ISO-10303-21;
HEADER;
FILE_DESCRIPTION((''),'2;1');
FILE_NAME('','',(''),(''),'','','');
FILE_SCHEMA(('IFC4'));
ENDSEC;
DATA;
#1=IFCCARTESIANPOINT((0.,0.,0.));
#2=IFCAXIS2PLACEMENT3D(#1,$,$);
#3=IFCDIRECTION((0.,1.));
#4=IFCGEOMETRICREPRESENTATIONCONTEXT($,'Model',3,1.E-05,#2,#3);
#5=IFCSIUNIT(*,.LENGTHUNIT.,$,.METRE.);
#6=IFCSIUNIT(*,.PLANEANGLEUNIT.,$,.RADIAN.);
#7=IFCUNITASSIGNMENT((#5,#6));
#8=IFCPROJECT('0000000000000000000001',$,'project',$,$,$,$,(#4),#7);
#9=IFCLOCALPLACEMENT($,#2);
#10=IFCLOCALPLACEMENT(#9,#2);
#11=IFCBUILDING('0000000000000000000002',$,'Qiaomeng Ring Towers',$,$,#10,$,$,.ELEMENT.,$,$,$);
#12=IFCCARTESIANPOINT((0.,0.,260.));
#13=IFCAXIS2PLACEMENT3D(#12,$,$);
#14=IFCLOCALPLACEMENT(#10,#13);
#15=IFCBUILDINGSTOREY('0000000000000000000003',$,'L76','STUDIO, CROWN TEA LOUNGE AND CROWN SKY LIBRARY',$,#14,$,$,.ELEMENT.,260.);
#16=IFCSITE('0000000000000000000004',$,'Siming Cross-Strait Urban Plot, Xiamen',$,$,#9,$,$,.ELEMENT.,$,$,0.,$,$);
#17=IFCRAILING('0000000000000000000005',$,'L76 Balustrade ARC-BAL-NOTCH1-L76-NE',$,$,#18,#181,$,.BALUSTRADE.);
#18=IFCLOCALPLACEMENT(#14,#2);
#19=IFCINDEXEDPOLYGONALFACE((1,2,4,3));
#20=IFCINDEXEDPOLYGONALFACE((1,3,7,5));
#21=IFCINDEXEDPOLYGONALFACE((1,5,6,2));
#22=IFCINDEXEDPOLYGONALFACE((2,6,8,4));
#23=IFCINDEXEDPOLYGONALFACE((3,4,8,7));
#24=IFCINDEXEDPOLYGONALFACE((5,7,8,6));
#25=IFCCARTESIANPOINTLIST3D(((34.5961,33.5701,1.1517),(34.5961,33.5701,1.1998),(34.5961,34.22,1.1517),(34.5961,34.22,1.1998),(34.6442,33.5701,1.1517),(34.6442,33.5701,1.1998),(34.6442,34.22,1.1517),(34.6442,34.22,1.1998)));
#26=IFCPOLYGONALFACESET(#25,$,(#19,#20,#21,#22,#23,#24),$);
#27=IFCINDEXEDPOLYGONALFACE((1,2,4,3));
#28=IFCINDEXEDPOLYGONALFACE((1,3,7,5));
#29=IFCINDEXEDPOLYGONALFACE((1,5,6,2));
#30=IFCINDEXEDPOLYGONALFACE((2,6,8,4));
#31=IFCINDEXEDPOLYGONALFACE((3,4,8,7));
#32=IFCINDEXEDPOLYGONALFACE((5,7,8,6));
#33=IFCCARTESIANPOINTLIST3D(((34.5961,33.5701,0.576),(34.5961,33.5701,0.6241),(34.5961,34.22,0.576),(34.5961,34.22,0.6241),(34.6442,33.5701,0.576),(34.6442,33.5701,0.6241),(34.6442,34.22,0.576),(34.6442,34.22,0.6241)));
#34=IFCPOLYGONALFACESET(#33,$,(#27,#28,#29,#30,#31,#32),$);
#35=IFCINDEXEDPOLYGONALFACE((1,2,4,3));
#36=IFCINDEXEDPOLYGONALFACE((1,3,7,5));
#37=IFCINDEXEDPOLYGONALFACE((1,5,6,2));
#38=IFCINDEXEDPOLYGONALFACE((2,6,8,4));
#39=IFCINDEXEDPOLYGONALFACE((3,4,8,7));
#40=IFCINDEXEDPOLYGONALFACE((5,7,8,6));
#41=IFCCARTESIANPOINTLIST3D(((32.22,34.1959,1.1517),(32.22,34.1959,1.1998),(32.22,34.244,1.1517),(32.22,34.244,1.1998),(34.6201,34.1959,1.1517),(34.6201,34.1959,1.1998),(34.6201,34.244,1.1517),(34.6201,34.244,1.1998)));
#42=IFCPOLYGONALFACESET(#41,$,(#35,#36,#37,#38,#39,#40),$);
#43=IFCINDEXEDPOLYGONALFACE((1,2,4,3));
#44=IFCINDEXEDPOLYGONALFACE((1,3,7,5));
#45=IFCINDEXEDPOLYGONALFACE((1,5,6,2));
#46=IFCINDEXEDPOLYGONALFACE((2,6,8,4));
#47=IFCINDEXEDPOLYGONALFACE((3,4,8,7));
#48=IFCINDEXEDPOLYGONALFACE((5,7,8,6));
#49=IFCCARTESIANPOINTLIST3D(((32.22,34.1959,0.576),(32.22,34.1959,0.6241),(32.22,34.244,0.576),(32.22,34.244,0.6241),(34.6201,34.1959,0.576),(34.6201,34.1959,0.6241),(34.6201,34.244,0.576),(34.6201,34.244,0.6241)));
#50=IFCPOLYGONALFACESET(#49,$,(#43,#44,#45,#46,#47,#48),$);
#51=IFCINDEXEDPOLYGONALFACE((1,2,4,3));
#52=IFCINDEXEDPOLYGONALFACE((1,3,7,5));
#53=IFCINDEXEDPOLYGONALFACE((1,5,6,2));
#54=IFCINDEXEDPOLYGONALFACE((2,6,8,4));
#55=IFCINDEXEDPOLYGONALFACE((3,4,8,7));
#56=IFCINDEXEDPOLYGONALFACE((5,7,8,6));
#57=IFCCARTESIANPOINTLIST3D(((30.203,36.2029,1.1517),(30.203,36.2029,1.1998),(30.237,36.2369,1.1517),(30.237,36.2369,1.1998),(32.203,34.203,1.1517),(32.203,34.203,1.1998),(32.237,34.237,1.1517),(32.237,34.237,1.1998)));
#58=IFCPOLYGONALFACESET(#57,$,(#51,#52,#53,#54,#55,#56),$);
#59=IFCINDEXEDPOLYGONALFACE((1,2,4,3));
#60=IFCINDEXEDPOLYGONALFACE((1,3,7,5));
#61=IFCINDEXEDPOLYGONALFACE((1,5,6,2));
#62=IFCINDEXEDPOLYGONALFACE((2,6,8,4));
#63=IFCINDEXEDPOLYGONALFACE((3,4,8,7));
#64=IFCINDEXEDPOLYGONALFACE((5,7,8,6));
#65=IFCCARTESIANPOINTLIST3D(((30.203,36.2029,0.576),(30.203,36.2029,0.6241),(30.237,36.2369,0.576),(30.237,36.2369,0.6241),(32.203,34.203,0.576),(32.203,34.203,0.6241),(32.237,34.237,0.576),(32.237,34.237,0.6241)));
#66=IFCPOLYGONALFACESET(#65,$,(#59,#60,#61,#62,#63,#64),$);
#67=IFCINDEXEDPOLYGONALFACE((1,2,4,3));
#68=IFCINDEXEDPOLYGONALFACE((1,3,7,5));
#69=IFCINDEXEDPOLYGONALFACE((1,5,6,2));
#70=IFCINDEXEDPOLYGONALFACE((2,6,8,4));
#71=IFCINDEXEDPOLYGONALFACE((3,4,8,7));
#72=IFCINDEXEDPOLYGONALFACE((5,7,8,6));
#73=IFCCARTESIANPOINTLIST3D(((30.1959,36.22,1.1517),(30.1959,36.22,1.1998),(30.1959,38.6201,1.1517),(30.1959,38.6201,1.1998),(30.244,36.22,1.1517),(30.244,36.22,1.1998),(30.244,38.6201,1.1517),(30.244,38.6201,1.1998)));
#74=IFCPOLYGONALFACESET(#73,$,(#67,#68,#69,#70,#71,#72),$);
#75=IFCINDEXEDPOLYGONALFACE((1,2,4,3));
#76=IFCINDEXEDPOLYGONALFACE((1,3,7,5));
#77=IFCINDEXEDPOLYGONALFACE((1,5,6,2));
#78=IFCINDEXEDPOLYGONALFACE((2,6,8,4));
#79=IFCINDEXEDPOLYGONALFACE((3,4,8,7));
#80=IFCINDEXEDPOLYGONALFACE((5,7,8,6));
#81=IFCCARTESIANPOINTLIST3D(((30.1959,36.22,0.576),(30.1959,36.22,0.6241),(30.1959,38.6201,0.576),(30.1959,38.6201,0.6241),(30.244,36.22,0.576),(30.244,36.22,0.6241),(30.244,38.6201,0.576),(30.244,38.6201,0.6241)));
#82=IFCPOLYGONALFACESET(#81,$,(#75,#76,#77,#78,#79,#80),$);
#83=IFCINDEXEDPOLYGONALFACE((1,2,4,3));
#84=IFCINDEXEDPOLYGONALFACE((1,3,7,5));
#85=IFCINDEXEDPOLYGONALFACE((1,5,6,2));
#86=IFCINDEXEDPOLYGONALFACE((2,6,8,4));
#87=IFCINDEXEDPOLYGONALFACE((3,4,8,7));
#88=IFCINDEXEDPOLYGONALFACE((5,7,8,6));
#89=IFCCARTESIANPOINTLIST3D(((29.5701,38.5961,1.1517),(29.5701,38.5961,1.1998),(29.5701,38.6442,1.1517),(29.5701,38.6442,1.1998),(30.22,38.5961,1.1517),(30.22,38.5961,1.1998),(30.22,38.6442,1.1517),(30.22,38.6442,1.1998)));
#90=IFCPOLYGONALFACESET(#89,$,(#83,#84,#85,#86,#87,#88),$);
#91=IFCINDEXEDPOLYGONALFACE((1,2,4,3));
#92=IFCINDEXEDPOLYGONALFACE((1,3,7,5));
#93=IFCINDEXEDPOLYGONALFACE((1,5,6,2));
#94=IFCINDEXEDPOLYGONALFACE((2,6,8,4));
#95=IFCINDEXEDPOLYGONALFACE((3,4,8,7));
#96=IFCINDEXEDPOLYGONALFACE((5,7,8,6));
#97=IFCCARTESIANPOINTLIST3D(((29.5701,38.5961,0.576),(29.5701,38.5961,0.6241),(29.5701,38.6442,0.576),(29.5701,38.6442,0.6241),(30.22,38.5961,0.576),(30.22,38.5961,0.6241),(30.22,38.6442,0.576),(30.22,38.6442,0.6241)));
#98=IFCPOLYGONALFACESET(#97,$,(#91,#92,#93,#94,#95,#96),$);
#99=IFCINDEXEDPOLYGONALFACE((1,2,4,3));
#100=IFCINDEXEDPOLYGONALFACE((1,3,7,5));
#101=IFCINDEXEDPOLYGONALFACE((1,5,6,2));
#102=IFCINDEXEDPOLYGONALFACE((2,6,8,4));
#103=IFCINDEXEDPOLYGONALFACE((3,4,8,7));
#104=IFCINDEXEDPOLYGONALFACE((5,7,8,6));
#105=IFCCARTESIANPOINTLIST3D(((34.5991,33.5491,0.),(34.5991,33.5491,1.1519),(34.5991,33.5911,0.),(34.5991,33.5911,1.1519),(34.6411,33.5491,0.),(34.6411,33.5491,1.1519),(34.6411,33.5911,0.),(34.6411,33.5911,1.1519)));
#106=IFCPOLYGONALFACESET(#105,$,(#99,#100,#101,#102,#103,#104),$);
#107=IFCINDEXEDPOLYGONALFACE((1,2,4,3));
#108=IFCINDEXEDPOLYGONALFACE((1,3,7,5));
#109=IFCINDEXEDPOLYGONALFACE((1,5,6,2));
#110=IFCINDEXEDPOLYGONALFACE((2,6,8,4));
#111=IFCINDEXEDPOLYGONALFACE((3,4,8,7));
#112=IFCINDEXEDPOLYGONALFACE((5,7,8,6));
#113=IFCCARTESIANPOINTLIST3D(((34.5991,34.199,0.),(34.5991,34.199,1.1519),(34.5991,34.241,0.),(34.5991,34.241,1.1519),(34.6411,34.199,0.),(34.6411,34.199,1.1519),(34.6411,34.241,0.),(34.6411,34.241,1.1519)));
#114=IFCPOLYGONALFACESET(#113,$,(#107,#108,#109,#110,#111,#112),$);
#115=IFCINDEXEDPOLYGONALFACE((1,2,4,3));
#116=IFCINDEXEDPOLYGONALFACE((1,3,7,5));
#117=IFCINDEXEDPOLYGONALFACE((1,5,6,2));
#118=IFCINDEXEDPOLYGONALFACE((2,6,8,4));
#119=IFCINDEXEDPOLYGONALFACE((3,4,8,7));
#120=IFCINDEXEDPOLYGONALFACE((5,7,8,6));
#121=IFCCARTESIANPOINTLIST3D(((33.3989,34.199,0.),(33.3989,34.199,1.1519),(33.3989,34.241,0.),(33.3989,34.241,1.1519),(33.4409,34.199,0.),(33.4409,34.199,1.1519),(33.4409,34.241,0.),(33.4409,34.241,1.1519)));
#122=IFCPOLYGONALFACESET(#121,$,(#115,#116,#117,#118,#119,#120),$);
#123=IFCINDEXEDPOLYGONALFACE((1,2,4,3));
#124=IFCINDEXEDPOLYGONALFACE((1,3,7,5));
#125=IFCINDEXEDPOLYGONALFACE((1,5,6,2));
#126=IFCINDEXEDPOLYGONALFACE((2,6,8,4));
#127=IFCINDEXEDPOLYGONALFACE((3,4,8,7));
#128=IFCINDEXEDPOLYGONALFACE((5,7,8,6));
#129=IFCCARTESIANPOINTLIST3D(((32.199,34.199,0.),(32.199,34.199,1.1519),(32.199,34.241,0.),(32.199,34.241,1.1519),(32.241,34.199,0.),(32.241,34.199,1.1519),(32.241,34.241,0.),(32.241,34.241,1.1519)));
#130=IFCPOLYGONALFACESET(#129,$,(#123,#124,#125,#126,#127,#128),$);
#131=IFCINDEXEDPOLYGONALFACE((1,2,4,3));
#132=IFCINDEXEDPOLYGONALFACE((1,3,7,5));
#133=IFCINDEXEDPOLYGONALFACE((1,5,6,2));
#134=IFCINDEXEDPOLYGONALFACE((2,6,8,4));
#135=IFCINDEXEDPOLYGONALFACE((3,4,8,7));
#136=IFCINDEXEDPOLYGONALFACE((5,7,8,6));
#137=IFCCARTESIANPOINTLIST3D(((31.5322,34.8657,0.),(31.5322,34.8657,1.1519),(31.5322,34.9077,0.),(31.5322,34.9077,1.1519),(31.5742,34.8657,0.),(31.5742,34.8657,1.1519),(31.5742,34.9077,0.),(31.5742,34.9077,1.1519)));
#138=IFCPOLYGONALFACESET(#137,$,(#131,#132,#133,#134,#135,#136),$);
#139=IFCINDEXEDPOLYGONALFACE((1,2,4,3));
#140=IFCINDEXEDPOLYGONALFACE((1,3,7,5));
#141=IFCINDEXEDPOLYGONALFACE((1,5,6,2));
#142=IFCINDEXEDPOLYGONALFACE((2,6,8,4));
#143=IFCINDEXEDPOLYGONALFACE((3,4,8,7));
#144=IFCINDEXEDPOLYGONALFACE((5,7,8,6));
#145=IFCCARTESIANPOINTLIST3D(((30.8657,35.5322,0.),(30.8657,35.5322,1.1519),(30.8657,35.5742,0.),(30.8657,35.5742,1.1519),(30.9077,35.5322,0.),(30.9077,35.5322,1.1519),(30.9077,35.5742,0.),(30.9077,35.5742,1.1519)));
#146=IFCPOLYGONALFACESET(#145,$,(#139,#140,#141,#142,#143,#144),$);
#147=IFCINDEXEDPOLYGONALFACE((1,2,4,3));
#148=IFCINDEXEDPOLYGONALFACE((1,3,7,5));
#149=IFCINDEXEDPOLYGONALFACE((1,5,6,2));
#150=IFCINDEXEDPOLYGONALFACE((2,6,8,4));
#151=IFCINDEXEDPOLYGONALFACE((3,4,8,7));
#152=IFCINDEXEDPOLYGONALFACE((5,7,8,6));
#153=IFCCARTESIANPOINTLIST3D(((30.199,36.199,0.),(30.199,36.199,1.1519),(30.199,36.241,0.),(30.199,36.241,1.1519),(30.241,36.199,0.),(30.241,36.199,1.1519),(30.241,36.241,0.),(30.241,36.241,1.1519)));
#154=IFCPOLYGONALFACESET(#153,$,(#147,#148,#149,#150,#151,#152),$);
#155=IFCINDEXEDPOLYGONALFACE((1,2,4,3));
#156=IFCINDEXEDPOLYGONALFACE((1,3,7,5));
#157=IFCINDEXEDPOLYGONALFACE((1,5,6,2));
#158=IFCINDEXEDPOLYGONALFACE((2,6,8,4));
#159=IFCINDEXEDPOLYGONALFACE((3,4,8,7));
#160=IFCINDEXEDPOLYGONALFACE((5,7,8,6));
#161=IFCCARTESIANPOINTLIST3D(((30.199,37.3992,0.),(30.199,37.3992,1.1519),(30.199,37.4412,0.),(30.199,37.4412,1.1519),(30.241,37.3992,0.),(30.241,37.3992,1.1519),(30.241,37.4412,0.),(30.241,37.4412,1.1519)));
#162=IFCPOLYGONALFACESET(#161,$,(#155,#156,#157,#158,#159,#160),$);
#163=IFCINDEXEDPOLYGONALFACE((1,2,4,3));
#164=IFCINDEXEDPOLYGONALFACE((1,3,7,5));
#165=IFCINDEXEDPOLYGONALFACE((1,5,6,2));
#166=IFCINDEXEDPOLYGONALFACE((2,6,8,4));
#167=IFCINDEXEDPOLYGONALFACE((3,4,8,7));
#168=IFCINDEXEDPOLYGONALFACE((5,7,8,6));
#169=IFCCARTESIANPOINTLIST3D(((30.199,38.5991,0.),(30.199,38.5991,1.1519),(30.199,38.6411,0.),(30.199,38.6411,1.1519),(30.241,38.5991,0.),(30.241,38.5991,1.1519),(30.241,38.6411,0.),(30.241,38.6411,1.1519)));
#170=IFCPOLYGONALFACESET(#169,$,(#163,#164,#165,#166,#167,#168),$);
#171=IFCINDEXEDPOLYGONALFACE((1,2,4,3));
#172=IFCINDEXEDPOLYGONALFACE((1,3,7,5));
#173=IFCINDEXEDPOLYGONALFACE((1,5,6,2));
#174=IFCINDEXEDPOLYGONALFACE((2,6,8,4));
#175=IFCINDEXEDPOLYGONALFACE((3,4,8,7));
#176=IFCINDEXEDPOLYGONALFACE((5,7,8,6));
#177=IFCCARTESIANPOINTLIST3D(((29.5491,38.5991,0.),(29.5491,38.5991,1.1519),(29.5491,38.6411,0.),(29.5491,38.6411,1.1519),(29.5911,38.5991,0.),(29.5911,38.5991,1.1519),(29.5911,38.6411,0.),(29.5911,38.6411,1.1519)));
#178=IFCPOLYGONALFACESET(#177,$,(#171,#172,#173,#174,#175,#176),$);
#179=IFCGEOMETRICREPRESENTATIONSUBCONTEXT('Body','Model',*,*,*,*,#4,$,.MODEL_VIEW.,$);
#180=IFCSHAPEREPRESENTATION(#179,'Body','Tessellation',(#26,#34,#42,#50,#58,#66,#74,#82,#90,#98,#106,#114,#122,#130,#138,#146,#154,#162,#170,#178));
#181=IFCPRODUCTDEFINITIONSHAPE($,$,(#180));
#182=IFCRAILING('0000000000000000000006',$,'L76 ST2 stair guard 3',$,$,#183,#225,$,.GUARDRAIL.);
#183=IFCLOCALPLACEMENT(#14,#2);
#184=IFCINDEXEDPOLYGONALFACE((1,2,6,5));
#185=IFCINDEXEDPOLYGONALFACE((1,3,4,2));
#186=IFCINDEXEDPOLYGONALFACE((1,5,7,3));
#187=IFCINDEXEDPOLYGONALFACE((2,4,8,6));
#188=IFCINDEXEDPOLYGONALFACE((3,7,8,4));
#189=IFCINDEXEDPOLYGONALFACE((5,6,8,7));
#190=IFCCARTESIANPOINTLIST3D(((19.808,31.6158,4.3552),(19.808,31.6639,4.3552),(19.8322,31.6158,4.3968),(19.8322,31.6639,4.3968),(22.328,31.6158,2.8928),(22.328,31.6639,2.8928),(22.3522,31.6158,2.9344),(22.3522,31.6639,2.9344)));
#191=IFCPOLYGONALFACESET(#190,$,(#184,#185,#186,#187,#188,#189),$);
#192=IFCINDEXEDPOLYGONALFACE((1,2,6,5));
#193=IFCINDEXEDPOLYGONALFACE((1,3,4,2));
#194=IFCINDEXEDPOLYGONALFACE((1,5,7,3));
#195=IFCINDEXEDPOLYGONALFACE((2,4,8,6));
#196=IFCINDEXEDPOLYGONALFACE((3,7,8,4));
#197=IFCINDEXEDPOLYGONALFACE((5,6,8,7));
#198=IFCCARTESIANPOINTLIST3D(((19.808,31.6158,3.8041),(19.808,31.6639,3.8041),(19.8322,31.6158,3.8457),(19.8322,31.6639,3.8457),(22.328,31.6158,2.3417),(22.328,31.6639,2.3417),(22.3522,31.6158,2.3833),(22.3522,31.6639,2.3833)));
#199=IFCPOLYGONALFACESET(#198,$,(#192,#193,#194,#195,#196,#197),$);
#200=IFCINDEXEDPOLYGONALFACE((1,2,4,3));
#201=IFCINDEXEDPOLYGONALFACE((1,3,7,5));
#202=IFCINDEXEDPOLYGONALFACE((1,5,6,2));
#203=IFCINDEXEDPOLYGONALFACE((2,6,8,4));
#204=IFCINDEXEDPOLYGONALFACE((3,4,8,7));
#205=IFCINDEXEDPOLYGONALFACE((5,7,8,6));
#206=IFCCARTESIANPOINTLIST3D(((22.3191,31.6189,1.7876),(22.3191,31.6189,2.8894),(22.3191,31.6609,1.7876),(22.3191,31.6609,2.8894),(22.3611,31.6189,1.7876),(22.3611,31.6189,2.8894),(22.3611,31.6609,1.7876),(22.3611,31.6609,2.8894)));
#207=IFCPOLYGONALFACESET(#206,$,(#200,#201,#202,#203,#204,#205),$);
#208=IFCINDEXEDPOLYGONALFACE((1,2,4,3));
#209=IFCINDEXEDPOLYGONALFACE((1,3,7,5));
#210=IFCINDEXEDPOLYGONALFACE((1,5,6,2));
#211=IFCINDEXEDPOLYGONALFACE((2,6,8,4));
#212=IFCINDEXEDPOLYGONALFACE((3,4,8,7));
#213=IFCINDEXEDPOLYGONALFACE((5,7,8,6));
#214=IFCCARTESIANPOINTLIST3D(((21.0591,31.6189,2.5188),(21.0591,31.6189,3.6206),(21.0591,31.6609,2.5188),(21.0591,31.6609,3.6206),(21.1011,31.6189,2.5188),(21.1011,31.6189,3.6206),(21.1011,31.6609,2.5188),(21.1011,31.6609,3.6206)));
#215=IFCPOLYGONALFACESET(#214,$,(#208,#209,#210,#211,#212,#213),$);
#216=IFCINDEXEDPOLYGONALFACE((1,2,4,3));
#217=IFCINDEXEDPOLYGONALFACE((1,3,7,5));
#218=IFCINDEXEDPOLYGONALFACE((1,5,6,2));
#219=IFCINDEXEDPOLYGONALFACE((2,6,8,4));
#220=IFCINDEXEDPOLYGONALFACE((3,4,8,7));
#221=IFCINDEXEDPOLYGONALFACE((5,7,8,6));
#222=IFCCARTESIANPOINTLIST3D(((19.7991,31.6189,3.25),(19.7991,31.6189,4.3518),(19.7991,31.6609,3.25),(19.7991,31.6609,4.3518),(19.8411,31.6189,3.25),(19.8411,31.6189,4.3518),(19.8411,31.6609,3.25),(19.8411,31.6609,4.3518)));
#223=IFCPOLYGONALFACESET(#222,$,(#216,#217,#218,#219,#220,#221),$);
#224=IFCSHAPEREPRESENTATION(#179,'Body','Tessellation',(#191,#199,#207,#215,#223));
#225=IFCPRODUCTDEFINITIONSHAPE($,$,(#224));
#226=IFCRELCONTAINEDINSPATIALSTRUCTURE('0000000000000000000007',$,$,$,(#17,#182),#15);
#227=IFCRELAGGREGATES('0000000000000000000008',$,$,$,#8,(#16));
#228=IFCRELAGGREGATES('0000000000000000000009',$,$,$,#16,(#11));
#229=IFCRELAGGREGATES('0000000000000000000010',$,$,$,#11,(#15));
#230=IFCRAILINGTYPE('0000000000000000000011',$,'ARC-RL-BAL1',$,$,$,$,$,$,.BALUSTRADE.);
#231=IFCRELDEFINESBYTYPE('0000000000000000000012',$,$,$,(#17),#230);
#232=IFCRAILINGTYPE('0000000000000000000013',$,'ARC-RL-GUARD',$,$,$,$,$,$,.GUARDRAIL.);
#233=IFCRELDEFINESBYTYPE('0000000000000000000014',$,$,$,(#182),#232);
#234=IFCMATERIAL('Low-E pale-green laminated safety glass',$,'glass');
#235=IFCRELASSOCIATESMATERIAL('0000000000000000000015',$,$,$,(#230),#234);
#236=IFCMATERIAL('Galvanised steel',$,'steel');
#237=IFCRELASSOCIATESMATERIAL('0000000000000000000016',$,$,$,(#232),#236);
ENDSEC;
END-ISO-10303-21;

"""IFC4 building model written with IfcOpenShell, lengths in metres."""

from ifc_helpers import new_model, si_unit, direction, frame, origin, origin_2d, place, context, subcontext, project, spatial, rectangle, extrude, material, type_object, element, save


model = new_model("IFC4")

# Units and contexts
model_context = context("Model", 3, precision=1e-05, world=origin(), true_north=direction((0.0, 1.0)))
body_context = subcontext(model_context, "Body", "Model", "MODEL_VIEW")
ifc_project = project(units=[si_unit("LENGTHUNIT", "METRE"), si_unit("PLANEANGLEUNIT", "RADIAN")], contexts=[model_context])

# Site, building, storey
site_placement = place(None, origin())
site = spatial("IfcSite", under=ifc_project, at=site_placement, Name="Siming Cross-Strait Urban Plot, Xiamen", CompositionType="ELEMENT", RefElevation=0.0)
building_placement = place(site_placement, origin())
building = spatial("IfcBuilding", under=site, at=building_placement, Name="Qiaomeng Ring Towers", CompositionType="ELEMENT")
storey_placement = place(building_placement, frame((0.0, 0.0, 260.0)))
storey = spatial("IfcBuildingStorey", under=building, at=storey_placement, Name="L76", Description="STUDIO, CROWN TEA LOUNGE AND CROWN SKY LIBRARY", CompositionType="ELEMENT", Elevation=260.0)

# Shared definitions
ifc_material_1 = material(Name="Galvanised steel", Category="steel")

# Railings
ifc_material_2 = material(Name="Low-E pale-green laminated safety glass", Category="glass")
railing_type_1 = type_object("IfcRailingType", Name="ARC-RL-BAL1", PredefinedType="BALUSTRADE", material=ifc_material_2)
railing_1_placement = place(storey_placement, frame((34.6201, 33.5701, 0.0)))
element("IfcRailing", 1, at=railing_1_placement, inside=storey, type_object=railing_type_1, Name="L76 Balustrade ARC-BAL-NOTCH1-L76-NE", PredefinedType="BALUSTRADE", context=body_context, shape_type="SweptSolid", body=[
    extrude(rectangle(XDim=0.0481, YDim=0.0481, at=origin_2d()), frame((0.0, 0.0, 1.1758), z_axis=(0.0, 1.0, 0.0), x_axis=(-1.0, 0.0, 0.0)), (0.0, 0.0, 1.0), 0.6499),
    extrude(rectangle(XDim=0.0481, YDim=0.0481, at=origin_2d()), frame((0.0, 0.0, 0.6001), z_axis=(0.0, 1.0, 0.0), x_axis=(-1.0, 0.0, 0.0)), (0.0, 0.0, 1.0), 0.6499),
    extrude(rectangle(XDim=0.0481, YDim=0.0481, at=origin_2d()), frame((0.0, 0.6499, 1.1758), z_axis=(-1.0, 0.0, 0.0), x_axis=(0.0, -1.0, 0.0)), (0.0, 0.0, 1.0), 2.4001),
    extrude(rectangle(XDim=0.0481, YDim=0.0481, at=origin_2d()), frame((0.0, 0.6499, 0.6001), z_axis=(-1.0, 0.0, 0.0), x_axis=(0.0, -1.0, 0.0)), (0.0, 0.0, 1.0), 2.4001),
    extrude(rectangle(XDim=0.0481, YDim=0.0481, at=origin_2d()), frame((-2.4001, 0.6499, 1.1758), z_axis=(-0.707107, 0.707107, 0.0), x_axis=(-0.707107, -0.707107, 0.0)), (0.0, 0.0, 1.0), 2.8284),
    extrude(rectangle(XDim=0.0481, YDim=0.0481, at=origin_2d()), frame((-2.4001, 0.6499, 0.6001), z_axis=(-0.707107, 0.707107, 0.0), x_axis=(-0.707107, -0.707107, 0.0)), (0.0, 0.0, 1.0), 2.8284),
    extrude(rectangle(XDim=0.0481, YDim=0.0481, at=origin_2d()), frame((-4.4001, 2.6499, 1.1758), z_axis=(0.0, 1.0, 0.0), x_axis=(-1.0, 0.0, 0.0)), (0.0, 0.0, 1.0), 2.4001),
    extrude(rectangle(XDim=0.0481, YDim=0.0481, at=origin_2d()), frame((-4.4001, 2.6499, 0.6001), z_axis=(0.0, 1.0, 0.0), x_axis=(-1.0, 0.0, 0.0)), (0.0, 0.0, 1.0), 2.4001),
    extrude(rectangle(XDim=0.0481, YDim=0.0481, at=origin_2d()), frame((-4.4001, 5.05, 1.1758), z_axis=(-1.0, 0.0, 0.0), x_axis=(0.0, -1.0, 0.0)), (0.0, 0.0, 1.0), 0.6499),
    extrude(rectangle(XDim=0.0481, YDim=0.0481, at=origin_2d()), frame((-4.4001, 5.05, 0.6001), z_axis=(-1.0, 0.0, 0.0), x_axis=(0.0, -1.0, 0.0)), (0.0, 0.0, 1.0), 0.6499),
    extrude(rectangle(XDim=0.042, YDim=0.042, at=origin_2d()), origin(), (0.0, 0.0, 1.0), 1.1519),
    extrude(rectangle(XDim=0.042, YDim=0.042, at=origin_2d()), frame((0.0, 0.6499, 0.0)), (0.0, 0.0, 1.0), 1.1519),
    extrude(rectangle(XDim=0.042, YDim=0.042, at=origin_2d()), frame((-1.2002, 0.6499, 0.0)), (0.0, 0.0, 1.0), 1.1519),
    extrude(rectangle(XDim=0.042, YDim=0.042, at=origin_2d()), frame((-2.4001, 0.6499, 0.0)), (0.0, 0.0, 1.0), 1.1519),
    extrude(rectangle(XDim=0.042, YDim=0.042, at=origin_2d()), frame((-3.0669, 1.3167, 0.0)), (0.0, 0.0, 1.0), 1.1519),
    extrude(rectangle(XDim=0.042, YDim=0.042, at=origin_2d()), frame((-3.7334, 1.9832, 0.0)), (0.0, 0.0, 1.0), 1.1519),
    extrude(rectangle(XDim=0.042, YDim=0.042, at=origin_2d()), frame((-4.4001, 2.6499, 0.0)), (0.0, 0.0, 1.0), 1.1519),
    extrude(rectangle(XDim=0.042, YDim=0.042, at=origin_2d()), frame((-4.4001, 3.8501, 0.0)), (0.0, 0.0, 1.0), 1.1519),
    extrude(rectangle(XDim=0.042, YDim=0.042, at=origin_2d()), frame((-4.4001, 5.05, 0.0)), (0.0, 0.0, 1.0), 1.1519),
    extrude(rectangle(XDim=0.042, YDim=0.042, at=origin_2d()), frame((-5.05, 5.05, 0.0)), (0.0, 0.0, 1.0), 1.1519),
])
railing_type_2 = type_object("IfcRailingType", Name="ARC-RL-GUARD", PredefinedType="GUARDRAIL", material=ifc_material_1)
railing_2_placement = place(storey_placement, frame((22.3401, 31.6399, 1.7876)))
element("IfcRailing", 2, at=railing_2_placement, inside=storey, type_object=railing_type_2, Name="L76 ST2 stair guard 3", PredefinedType="GUARDRAIL", context=body_context, shape_type="SweptSolid", body=[
    extrude(rectangle(XDim=0.0481, YDim=0.0481, at=origin_2d()), frame((0.0, 0.0, 1.126), z_axis=(-0.864913, 0.0, 0.501921), x_axis=(0.0, -1.0, 0.0)), (0.0, 0.0, 1.0), 2.9136),
    extrude(rectangle(XDim=0.0481, YDim=0.0481, at=origin_2d()), frame((0.0, 0.0, 0.575), z_axis=(-0.864913, 0.0, 0.501921), x_axis=(0.0, -1.0, 0.0)), (0.0, 0.0, 1.0), 2.9136),
    extrude(rectangle(XDim=0.042, YDim=0.042, at=origin_2d()), origin(), (0.0, 0.0, 1.0), 1.1018),
    extrude(rectangle(XDim=0.042, YDim=0.042, at=origin_2d()), frame((-1.26, 0.0, 0.7312)), (0.0, 0.0, 1.0), 1.1018),
    extrude(rectangle(XDim=0.042, YDim=0.042, at=origin_2d()), frame((-2.52, 0.0, 1.4624)), (0.0, 0.0, 1.0), 1.1018),
])

save(model, "model.ifc")
